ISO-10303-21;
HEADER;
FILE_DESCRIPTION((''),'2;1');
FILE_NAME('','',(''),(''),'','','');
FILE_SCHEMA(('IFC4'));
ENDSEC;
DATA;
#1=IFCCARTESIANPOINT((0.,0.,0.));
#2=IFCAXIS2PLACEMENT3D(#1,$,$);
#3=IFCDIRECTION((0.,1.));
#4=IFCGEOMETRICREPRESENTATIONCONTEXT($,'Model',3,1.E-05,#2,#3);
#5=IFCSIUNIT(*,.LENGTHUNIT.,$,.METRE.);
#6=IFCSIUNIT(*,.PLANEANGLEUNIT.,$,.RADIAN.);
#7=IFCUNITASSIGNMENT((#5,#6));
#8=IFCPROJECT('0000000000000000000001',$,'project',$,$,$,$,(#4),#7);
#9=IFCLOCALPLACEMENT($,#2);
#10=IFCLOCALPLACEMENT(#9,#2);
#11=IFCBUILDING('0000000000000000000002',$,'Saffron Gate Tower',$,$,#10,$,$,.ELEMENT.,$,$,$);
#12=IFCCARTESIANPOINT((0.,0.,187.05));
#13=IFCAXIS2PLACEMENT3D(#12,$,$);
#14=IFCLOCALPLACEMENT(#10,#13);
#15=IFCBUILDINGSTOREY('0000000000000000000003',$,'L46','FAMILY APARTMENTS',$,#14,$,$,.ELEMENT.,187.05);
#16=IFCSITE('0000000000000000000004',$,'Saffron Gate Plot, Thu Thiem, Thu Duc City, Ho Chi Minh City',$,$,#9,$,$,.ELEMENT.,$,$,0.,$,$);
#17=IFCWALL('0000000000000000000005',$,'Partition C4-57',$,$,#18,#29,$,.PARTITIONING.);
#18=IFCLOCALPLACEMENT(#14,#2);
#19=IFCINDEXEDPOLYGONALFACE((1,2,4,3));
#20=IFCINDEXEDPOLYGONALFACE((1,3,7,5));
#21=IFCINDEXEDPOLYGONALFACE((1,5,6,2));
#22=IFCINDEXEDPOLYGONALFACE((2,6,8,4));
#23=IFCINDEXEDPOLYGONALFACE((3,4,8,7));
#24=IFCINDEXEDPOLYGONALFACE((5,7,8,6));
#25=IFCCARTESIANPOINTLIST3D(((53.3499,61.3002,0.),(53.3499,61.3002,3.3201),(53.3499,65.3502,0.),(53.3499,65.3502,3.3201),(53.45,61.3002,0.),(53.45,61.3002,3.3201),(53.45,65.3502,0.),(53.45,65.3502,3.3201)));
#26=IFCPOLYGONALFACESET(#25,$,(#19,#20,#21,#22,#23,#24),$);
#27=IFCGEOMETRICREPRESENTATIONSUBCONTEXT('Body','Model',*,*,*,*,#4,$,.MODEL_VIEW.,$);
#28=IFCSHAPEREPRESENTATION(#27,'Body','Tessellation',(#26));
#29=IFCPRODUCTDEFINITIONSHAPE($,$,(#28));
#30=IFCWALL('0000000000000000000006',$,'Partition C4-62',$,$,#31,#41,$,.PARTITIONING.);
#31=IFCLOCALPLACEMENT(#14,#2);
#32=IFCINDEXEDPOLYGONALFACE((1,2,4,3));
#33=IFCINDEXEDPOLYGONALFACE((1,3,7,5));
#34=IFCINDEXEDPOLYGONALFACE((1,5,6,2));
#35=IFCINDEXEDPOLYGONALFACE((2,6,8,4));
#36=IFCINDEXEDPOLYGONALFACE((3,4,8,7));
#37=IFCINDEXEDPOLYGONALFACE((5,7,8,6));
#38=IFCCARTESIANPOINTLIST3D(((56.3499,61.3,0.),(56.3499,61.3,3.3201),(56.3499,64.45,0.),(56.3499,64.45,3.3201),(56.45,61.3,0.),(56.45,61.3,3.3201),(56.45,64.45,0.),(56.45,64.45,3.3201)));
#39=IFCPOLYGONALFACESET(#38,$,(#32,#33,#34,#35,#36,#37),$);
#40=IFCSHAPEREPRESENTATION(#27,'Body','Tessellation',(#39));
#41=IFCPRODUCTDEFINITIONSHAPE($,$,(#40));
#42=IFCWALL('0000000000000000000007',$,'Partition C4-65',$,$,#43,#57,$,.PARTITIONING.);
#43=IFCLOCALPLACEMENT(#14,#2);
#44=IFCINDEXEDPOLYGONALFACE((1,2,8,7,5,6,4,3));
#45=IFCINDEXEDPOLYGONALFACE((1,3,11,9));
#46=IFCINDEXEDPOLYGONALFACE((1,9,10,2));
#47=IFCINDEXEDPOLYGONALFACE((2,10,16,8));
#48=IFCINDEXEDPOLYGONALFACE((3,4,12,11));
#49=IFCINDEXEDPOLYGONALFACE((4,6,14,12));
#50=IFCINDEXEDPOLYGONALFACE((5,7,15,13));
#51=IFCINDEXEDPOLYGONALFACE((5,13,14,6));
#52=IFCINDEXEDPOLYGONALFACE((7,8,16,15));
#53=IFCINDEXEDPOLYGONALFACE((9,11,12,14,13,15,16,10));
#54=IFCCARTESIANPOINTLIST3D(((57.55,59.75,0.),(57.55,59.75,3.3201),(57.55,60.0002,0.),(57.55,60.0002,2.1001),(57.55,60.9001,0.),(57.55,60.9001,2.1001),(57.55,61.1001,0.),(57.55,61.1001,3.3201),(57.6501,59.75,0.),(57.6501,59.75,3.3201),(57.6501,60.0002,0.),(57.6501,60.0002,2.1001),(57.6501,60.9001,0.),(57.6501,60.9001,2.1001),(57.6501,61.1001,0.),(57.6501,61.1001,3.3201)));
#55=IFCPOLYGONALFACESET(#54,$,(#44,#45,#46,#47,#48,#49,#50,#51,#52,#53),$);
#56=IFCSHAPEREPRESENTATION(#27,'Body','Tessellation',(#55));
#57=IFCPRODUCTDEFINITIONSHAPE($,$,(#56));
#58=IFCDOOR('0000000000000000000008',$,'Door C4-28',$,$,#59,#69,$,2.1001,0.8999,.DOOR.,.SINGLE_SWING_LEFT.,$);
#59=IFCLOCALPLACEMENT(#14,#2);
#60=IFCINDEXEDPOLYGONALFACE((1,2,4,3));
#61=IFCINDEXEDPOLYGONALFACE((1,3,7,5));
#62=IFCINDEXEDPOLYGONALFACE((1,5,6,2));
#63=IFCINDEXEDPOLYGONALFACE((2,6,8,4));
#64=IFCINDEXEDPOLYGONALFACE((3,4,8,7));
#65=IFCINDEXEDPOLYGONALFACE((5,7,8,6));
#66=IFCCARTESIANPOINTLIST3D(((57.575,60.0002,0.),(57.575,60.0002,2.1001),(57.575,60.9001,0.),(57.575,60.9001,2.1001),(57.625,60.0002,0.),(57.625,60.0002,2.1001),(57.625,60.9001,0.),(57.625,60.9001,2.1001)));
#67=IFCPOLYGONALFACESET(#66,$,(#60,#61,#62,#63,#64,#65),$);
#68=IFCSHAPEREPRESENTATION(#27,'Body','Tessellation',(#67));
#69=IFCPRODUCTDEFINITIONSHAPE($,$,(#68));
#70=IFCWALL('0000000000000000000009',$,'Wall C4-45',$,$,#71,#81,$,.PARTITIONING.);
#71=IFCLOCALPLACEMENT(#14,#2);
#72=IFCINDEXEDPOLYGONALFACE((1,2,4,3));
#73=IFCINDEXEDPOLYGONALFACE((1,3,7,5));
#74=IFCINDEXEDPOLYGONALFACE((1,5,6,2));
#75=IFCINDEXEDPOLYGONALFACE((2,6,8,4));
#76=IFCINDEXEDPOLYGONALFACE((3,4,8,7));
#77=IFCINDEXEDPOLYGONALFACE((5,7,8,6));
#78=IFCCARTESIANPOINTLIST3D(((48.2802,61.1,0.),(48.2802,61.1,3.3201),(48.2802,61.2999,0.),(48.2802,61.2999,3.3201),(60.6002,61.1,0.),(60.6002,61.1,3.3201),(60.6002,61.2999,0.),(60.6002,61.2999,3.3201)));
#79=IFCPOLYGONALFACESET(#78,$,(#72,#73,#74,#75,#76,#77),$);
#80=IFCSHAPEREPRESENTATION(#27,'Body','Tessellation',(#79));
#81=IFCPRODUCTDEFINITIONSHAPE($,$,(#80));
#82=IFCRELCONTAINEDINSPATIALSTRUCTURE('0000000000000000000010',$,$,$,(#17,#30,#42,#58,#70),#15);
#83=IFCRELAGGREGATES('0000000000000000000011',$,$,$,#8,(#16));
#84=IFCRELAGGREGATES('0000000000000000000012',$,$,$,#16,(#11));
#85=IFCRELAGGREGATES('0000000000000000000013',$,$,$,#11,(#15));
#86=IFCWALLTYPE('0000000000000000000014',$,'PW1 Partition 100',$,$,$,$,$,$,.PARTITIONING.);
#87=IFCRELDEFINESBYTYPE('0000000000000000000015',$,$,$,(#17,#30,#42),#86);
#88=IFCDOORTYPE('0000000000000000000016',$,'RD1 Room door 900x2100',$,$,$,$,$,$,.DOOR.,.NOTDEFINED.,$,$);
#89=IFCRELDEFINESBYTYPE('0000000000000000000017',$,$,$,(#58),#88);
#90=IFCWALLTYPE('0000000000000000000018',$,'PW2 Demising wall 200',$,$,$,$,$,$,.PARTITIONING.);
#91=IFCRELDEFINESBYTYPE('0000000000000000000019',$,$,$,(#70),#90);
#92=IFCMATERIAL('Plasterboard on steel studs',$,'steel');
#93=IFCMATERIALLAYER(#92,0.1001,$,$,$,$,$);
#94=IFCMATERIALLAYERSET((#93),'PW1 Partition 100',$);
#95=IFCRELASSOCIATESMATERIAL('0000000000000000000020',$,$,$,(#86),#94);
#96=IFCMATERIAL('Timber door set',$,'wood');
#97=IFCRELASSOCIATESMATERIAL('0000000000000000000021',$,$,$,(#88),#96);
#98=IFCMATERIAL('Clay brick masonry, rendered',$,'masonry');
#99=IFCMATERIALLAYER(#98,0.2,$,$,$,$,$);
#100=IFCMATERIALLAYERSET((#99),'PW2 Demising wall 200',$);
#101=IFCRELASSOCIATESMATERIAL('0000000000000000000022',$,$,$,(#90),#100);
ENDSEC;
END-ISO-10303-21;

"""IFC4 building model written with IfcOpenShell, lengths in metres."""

from ifc_helpers import new_model, si_unit, direction, frame, frame_2d, origin, place, context, subcontext, project, spatial, rectangle, extrude, material, layer, layer_set, type_object, element, fill, save


model = new_model("IFC4")

# Units and contexts
model_context = context("Model", 3, precision=1e-05, world=origin(), true_north=direction((0.0, 1.0)))
body_context = subcontext(model_context, "Body", "Model", "MODEL_VIEW")
ifc_project = project(units=[si_unit("LENGTHUNIT", "METRE"), si_unit("PLANEANGLEUNIT", "RADIAN")], contexts=[model_context])

# Site, building, storey
site_placement = place(None, origin())
site = spatial("IfcSite", under=ifc_project, at=site_placement, Name="Saffron Gate Plot, Thu Thiem, Thu Duc City, Ho Chi Minh City", CompositionType="ELEMENT", RefElevation=0.0)
building_placement = place(site_placement, origin())
building = spatial("IfcBuilding", under=site, at=building_placement, Name="Saffron Gate Tower", CompositionType="ELEMENT")
storey_placement = place(building_placement, frame((0.0, 0.0, 187.05)))
storey = spatial("IfcBuildingStorey", under=building, at=storey_placement, Name="L46", Description="FAMILY APARTMENTS", CompositionType="ELEMENT", Elevation=187.05)

# Shared definitions
ifc_material_1 = material(Name="Plasterboard on steel studs", Category="steel")
ifc_layer_1 = layer(ifc_material_1, 0.1001)
ifc_layer_set_1 = layer_set([ifc_layer_1], Name="PW1 Partition 100")
wall_type_1 = type_object("IfcWallType", Name="PW1 Partition 100", PredefinedType="PARTITIONING", material=ifc_layer_set_1)

# Shared definitions
ifc_material_2 = material(Name="Timber door set", Category="wood")
door_type = type_object("IfcDoorType", Name="RD1 Room door 900x2100", OperationType="NOTDEFINED", PredefinedType="DOOR", material=ifc_material_2)

# Walls
wall_1_placement = place(storey_placement, frame((53.3999, 65.3501, 0.0), z_axis=(0.0, 0.0, 1.0), x_axis=(0.0, -1.0, 0.0)))
element("IfcWall", 1, at=wall_1_placement, inside=storey, type_object=wall_type_1, Name="Partition C4-57", PredefinedType="PARTITIONING", context=body_context, shape_type="SweptSolid", body=[
    extrude(rectangle(XDim=4.05, YDim=0.1001, at=frame_2d((2.0249, 0.0))), origin(), (0.0, 0.0, 1.0), 3.3201),
])
wall_2_placement = place(storey_placement, frame((56.3999, 64.45, 0.0), z_axis=(0.0, 0.0, 1.0), x_axis=(0.0, -1.0, 0.0)))
element("IfcWall", 2, at=wall_2_placement, inside=storey, type_object=wall_type_1, Name="Partition C4-62", PredefinedType="PARTITIONING", context=body_context, shape_type="SweptSolid", body=[
    extrude(rectangle(XDim=3.1499, YDim=0.1001, at=frame_2d((1.575, 0.0))), origin(), (0.0, 0.0, 1.0), 3.3201),
])

# Wall, opening, door
wall_3_placement = place(storey_placement, frame((57.6001, 61.1001, 0.0), z_axis=(0.0, 0.0, 1.0), x_axis=(0.0, -1.0, 0.0)))
wall_3 = element("IfcWall", 3, at=wall_3_placement, inside=storey, type_object=wall_type_1, Name="Partition C4-65", PredefinedType="PARTITIONING", context=body_context, shape_type="SweptSolid", body=[
    extrude(rectangle(XDim=1.3501, YDim=0.1001, at=frame_2d((0.675, 0.0))), origin(), (0.0, 0.0, 1.0), 3.3201),
])
opening_1_placement = place(wall_3_placement, frame((0.2, 0.0, 0.0)))
opening_1 = element("IfcOpeningElement", 4, at=opening_1_placement, cuts=wall_3, PredefinedType="OPENING", context=body_context, shape_type="SweptSolid", body=[
    extrude(rectangle(XDim=0.8999, YDim=2.1001, at=frame_2d((0.45, 1.05))), frame((0.0, 0.0601, 0.0), z_axis=(0.0, -1.0, 0.0), x_axis=(1.0, 0.0, 0.0)), (0.0, 0.0, 1.0), 0.1201),
])
door_1_placement = place(opening_1_placement, origin())
door_1 = element("IfcDoor", 5, at=door_1_placement, inside=storey, type_object=door_type, Name="Door C4-28", OperationType="SINGLE_SWING_LEFT", OverallHeight=2.1001, OverallWidth=0.8999, PredefinedType="DOOR", context=body_context, shape_type="SweptSolid", body=[
    extrude(rectangle(XDim=0.8999, YDim=2.1001, at=frame_2d((0.45, 1.05))), frame((0.0, 0.0249, 0.0), z_axis=(0.0, -1.0, 0.0), x_axis=(1.0, 0.0, 0.0)), (0.0, 0.0, 1.0), 0.05),
])
fill(opening_1, door_1)

# Wall
ifc_material_3 = material(Name="Clay brick masonry, rendered", Category="masonry")
ifc_layer_2 = layer(ifc_material_3, 0.2)
ifc_layer_set_2 = layer_set([ifc_layer_2], Name="PW2 Demising wall 200")
wall_type_2 = type_object("IfcWallType", Name="PW2 Demising wall 200", PredefinedType="PARTITIONING", material=ifc_layer_set_2)
wall_4_placement = place(storey_placement, frame((48.28, 61.2, 0.0), z_axis=(0.0, 0.0, 1.0), x_axis=(1.0, 0.0, 0.0)))
element("IfcWall", 6, at=wall_4_placement, inside=storey, type_object=wall_type_2, Name="Wall C4-45", PredefinedType="PARTITIONING", context=body_context, shape_type="SweptSolid", body=[
    extrude(rectangle(XDim=12.3201, YDim=0.2, at=frame_2d((6.1602, 0.0))), origin(), (0.0, 0.0, 1.0), 3.3201),
])

save(model, "model.ifc")
